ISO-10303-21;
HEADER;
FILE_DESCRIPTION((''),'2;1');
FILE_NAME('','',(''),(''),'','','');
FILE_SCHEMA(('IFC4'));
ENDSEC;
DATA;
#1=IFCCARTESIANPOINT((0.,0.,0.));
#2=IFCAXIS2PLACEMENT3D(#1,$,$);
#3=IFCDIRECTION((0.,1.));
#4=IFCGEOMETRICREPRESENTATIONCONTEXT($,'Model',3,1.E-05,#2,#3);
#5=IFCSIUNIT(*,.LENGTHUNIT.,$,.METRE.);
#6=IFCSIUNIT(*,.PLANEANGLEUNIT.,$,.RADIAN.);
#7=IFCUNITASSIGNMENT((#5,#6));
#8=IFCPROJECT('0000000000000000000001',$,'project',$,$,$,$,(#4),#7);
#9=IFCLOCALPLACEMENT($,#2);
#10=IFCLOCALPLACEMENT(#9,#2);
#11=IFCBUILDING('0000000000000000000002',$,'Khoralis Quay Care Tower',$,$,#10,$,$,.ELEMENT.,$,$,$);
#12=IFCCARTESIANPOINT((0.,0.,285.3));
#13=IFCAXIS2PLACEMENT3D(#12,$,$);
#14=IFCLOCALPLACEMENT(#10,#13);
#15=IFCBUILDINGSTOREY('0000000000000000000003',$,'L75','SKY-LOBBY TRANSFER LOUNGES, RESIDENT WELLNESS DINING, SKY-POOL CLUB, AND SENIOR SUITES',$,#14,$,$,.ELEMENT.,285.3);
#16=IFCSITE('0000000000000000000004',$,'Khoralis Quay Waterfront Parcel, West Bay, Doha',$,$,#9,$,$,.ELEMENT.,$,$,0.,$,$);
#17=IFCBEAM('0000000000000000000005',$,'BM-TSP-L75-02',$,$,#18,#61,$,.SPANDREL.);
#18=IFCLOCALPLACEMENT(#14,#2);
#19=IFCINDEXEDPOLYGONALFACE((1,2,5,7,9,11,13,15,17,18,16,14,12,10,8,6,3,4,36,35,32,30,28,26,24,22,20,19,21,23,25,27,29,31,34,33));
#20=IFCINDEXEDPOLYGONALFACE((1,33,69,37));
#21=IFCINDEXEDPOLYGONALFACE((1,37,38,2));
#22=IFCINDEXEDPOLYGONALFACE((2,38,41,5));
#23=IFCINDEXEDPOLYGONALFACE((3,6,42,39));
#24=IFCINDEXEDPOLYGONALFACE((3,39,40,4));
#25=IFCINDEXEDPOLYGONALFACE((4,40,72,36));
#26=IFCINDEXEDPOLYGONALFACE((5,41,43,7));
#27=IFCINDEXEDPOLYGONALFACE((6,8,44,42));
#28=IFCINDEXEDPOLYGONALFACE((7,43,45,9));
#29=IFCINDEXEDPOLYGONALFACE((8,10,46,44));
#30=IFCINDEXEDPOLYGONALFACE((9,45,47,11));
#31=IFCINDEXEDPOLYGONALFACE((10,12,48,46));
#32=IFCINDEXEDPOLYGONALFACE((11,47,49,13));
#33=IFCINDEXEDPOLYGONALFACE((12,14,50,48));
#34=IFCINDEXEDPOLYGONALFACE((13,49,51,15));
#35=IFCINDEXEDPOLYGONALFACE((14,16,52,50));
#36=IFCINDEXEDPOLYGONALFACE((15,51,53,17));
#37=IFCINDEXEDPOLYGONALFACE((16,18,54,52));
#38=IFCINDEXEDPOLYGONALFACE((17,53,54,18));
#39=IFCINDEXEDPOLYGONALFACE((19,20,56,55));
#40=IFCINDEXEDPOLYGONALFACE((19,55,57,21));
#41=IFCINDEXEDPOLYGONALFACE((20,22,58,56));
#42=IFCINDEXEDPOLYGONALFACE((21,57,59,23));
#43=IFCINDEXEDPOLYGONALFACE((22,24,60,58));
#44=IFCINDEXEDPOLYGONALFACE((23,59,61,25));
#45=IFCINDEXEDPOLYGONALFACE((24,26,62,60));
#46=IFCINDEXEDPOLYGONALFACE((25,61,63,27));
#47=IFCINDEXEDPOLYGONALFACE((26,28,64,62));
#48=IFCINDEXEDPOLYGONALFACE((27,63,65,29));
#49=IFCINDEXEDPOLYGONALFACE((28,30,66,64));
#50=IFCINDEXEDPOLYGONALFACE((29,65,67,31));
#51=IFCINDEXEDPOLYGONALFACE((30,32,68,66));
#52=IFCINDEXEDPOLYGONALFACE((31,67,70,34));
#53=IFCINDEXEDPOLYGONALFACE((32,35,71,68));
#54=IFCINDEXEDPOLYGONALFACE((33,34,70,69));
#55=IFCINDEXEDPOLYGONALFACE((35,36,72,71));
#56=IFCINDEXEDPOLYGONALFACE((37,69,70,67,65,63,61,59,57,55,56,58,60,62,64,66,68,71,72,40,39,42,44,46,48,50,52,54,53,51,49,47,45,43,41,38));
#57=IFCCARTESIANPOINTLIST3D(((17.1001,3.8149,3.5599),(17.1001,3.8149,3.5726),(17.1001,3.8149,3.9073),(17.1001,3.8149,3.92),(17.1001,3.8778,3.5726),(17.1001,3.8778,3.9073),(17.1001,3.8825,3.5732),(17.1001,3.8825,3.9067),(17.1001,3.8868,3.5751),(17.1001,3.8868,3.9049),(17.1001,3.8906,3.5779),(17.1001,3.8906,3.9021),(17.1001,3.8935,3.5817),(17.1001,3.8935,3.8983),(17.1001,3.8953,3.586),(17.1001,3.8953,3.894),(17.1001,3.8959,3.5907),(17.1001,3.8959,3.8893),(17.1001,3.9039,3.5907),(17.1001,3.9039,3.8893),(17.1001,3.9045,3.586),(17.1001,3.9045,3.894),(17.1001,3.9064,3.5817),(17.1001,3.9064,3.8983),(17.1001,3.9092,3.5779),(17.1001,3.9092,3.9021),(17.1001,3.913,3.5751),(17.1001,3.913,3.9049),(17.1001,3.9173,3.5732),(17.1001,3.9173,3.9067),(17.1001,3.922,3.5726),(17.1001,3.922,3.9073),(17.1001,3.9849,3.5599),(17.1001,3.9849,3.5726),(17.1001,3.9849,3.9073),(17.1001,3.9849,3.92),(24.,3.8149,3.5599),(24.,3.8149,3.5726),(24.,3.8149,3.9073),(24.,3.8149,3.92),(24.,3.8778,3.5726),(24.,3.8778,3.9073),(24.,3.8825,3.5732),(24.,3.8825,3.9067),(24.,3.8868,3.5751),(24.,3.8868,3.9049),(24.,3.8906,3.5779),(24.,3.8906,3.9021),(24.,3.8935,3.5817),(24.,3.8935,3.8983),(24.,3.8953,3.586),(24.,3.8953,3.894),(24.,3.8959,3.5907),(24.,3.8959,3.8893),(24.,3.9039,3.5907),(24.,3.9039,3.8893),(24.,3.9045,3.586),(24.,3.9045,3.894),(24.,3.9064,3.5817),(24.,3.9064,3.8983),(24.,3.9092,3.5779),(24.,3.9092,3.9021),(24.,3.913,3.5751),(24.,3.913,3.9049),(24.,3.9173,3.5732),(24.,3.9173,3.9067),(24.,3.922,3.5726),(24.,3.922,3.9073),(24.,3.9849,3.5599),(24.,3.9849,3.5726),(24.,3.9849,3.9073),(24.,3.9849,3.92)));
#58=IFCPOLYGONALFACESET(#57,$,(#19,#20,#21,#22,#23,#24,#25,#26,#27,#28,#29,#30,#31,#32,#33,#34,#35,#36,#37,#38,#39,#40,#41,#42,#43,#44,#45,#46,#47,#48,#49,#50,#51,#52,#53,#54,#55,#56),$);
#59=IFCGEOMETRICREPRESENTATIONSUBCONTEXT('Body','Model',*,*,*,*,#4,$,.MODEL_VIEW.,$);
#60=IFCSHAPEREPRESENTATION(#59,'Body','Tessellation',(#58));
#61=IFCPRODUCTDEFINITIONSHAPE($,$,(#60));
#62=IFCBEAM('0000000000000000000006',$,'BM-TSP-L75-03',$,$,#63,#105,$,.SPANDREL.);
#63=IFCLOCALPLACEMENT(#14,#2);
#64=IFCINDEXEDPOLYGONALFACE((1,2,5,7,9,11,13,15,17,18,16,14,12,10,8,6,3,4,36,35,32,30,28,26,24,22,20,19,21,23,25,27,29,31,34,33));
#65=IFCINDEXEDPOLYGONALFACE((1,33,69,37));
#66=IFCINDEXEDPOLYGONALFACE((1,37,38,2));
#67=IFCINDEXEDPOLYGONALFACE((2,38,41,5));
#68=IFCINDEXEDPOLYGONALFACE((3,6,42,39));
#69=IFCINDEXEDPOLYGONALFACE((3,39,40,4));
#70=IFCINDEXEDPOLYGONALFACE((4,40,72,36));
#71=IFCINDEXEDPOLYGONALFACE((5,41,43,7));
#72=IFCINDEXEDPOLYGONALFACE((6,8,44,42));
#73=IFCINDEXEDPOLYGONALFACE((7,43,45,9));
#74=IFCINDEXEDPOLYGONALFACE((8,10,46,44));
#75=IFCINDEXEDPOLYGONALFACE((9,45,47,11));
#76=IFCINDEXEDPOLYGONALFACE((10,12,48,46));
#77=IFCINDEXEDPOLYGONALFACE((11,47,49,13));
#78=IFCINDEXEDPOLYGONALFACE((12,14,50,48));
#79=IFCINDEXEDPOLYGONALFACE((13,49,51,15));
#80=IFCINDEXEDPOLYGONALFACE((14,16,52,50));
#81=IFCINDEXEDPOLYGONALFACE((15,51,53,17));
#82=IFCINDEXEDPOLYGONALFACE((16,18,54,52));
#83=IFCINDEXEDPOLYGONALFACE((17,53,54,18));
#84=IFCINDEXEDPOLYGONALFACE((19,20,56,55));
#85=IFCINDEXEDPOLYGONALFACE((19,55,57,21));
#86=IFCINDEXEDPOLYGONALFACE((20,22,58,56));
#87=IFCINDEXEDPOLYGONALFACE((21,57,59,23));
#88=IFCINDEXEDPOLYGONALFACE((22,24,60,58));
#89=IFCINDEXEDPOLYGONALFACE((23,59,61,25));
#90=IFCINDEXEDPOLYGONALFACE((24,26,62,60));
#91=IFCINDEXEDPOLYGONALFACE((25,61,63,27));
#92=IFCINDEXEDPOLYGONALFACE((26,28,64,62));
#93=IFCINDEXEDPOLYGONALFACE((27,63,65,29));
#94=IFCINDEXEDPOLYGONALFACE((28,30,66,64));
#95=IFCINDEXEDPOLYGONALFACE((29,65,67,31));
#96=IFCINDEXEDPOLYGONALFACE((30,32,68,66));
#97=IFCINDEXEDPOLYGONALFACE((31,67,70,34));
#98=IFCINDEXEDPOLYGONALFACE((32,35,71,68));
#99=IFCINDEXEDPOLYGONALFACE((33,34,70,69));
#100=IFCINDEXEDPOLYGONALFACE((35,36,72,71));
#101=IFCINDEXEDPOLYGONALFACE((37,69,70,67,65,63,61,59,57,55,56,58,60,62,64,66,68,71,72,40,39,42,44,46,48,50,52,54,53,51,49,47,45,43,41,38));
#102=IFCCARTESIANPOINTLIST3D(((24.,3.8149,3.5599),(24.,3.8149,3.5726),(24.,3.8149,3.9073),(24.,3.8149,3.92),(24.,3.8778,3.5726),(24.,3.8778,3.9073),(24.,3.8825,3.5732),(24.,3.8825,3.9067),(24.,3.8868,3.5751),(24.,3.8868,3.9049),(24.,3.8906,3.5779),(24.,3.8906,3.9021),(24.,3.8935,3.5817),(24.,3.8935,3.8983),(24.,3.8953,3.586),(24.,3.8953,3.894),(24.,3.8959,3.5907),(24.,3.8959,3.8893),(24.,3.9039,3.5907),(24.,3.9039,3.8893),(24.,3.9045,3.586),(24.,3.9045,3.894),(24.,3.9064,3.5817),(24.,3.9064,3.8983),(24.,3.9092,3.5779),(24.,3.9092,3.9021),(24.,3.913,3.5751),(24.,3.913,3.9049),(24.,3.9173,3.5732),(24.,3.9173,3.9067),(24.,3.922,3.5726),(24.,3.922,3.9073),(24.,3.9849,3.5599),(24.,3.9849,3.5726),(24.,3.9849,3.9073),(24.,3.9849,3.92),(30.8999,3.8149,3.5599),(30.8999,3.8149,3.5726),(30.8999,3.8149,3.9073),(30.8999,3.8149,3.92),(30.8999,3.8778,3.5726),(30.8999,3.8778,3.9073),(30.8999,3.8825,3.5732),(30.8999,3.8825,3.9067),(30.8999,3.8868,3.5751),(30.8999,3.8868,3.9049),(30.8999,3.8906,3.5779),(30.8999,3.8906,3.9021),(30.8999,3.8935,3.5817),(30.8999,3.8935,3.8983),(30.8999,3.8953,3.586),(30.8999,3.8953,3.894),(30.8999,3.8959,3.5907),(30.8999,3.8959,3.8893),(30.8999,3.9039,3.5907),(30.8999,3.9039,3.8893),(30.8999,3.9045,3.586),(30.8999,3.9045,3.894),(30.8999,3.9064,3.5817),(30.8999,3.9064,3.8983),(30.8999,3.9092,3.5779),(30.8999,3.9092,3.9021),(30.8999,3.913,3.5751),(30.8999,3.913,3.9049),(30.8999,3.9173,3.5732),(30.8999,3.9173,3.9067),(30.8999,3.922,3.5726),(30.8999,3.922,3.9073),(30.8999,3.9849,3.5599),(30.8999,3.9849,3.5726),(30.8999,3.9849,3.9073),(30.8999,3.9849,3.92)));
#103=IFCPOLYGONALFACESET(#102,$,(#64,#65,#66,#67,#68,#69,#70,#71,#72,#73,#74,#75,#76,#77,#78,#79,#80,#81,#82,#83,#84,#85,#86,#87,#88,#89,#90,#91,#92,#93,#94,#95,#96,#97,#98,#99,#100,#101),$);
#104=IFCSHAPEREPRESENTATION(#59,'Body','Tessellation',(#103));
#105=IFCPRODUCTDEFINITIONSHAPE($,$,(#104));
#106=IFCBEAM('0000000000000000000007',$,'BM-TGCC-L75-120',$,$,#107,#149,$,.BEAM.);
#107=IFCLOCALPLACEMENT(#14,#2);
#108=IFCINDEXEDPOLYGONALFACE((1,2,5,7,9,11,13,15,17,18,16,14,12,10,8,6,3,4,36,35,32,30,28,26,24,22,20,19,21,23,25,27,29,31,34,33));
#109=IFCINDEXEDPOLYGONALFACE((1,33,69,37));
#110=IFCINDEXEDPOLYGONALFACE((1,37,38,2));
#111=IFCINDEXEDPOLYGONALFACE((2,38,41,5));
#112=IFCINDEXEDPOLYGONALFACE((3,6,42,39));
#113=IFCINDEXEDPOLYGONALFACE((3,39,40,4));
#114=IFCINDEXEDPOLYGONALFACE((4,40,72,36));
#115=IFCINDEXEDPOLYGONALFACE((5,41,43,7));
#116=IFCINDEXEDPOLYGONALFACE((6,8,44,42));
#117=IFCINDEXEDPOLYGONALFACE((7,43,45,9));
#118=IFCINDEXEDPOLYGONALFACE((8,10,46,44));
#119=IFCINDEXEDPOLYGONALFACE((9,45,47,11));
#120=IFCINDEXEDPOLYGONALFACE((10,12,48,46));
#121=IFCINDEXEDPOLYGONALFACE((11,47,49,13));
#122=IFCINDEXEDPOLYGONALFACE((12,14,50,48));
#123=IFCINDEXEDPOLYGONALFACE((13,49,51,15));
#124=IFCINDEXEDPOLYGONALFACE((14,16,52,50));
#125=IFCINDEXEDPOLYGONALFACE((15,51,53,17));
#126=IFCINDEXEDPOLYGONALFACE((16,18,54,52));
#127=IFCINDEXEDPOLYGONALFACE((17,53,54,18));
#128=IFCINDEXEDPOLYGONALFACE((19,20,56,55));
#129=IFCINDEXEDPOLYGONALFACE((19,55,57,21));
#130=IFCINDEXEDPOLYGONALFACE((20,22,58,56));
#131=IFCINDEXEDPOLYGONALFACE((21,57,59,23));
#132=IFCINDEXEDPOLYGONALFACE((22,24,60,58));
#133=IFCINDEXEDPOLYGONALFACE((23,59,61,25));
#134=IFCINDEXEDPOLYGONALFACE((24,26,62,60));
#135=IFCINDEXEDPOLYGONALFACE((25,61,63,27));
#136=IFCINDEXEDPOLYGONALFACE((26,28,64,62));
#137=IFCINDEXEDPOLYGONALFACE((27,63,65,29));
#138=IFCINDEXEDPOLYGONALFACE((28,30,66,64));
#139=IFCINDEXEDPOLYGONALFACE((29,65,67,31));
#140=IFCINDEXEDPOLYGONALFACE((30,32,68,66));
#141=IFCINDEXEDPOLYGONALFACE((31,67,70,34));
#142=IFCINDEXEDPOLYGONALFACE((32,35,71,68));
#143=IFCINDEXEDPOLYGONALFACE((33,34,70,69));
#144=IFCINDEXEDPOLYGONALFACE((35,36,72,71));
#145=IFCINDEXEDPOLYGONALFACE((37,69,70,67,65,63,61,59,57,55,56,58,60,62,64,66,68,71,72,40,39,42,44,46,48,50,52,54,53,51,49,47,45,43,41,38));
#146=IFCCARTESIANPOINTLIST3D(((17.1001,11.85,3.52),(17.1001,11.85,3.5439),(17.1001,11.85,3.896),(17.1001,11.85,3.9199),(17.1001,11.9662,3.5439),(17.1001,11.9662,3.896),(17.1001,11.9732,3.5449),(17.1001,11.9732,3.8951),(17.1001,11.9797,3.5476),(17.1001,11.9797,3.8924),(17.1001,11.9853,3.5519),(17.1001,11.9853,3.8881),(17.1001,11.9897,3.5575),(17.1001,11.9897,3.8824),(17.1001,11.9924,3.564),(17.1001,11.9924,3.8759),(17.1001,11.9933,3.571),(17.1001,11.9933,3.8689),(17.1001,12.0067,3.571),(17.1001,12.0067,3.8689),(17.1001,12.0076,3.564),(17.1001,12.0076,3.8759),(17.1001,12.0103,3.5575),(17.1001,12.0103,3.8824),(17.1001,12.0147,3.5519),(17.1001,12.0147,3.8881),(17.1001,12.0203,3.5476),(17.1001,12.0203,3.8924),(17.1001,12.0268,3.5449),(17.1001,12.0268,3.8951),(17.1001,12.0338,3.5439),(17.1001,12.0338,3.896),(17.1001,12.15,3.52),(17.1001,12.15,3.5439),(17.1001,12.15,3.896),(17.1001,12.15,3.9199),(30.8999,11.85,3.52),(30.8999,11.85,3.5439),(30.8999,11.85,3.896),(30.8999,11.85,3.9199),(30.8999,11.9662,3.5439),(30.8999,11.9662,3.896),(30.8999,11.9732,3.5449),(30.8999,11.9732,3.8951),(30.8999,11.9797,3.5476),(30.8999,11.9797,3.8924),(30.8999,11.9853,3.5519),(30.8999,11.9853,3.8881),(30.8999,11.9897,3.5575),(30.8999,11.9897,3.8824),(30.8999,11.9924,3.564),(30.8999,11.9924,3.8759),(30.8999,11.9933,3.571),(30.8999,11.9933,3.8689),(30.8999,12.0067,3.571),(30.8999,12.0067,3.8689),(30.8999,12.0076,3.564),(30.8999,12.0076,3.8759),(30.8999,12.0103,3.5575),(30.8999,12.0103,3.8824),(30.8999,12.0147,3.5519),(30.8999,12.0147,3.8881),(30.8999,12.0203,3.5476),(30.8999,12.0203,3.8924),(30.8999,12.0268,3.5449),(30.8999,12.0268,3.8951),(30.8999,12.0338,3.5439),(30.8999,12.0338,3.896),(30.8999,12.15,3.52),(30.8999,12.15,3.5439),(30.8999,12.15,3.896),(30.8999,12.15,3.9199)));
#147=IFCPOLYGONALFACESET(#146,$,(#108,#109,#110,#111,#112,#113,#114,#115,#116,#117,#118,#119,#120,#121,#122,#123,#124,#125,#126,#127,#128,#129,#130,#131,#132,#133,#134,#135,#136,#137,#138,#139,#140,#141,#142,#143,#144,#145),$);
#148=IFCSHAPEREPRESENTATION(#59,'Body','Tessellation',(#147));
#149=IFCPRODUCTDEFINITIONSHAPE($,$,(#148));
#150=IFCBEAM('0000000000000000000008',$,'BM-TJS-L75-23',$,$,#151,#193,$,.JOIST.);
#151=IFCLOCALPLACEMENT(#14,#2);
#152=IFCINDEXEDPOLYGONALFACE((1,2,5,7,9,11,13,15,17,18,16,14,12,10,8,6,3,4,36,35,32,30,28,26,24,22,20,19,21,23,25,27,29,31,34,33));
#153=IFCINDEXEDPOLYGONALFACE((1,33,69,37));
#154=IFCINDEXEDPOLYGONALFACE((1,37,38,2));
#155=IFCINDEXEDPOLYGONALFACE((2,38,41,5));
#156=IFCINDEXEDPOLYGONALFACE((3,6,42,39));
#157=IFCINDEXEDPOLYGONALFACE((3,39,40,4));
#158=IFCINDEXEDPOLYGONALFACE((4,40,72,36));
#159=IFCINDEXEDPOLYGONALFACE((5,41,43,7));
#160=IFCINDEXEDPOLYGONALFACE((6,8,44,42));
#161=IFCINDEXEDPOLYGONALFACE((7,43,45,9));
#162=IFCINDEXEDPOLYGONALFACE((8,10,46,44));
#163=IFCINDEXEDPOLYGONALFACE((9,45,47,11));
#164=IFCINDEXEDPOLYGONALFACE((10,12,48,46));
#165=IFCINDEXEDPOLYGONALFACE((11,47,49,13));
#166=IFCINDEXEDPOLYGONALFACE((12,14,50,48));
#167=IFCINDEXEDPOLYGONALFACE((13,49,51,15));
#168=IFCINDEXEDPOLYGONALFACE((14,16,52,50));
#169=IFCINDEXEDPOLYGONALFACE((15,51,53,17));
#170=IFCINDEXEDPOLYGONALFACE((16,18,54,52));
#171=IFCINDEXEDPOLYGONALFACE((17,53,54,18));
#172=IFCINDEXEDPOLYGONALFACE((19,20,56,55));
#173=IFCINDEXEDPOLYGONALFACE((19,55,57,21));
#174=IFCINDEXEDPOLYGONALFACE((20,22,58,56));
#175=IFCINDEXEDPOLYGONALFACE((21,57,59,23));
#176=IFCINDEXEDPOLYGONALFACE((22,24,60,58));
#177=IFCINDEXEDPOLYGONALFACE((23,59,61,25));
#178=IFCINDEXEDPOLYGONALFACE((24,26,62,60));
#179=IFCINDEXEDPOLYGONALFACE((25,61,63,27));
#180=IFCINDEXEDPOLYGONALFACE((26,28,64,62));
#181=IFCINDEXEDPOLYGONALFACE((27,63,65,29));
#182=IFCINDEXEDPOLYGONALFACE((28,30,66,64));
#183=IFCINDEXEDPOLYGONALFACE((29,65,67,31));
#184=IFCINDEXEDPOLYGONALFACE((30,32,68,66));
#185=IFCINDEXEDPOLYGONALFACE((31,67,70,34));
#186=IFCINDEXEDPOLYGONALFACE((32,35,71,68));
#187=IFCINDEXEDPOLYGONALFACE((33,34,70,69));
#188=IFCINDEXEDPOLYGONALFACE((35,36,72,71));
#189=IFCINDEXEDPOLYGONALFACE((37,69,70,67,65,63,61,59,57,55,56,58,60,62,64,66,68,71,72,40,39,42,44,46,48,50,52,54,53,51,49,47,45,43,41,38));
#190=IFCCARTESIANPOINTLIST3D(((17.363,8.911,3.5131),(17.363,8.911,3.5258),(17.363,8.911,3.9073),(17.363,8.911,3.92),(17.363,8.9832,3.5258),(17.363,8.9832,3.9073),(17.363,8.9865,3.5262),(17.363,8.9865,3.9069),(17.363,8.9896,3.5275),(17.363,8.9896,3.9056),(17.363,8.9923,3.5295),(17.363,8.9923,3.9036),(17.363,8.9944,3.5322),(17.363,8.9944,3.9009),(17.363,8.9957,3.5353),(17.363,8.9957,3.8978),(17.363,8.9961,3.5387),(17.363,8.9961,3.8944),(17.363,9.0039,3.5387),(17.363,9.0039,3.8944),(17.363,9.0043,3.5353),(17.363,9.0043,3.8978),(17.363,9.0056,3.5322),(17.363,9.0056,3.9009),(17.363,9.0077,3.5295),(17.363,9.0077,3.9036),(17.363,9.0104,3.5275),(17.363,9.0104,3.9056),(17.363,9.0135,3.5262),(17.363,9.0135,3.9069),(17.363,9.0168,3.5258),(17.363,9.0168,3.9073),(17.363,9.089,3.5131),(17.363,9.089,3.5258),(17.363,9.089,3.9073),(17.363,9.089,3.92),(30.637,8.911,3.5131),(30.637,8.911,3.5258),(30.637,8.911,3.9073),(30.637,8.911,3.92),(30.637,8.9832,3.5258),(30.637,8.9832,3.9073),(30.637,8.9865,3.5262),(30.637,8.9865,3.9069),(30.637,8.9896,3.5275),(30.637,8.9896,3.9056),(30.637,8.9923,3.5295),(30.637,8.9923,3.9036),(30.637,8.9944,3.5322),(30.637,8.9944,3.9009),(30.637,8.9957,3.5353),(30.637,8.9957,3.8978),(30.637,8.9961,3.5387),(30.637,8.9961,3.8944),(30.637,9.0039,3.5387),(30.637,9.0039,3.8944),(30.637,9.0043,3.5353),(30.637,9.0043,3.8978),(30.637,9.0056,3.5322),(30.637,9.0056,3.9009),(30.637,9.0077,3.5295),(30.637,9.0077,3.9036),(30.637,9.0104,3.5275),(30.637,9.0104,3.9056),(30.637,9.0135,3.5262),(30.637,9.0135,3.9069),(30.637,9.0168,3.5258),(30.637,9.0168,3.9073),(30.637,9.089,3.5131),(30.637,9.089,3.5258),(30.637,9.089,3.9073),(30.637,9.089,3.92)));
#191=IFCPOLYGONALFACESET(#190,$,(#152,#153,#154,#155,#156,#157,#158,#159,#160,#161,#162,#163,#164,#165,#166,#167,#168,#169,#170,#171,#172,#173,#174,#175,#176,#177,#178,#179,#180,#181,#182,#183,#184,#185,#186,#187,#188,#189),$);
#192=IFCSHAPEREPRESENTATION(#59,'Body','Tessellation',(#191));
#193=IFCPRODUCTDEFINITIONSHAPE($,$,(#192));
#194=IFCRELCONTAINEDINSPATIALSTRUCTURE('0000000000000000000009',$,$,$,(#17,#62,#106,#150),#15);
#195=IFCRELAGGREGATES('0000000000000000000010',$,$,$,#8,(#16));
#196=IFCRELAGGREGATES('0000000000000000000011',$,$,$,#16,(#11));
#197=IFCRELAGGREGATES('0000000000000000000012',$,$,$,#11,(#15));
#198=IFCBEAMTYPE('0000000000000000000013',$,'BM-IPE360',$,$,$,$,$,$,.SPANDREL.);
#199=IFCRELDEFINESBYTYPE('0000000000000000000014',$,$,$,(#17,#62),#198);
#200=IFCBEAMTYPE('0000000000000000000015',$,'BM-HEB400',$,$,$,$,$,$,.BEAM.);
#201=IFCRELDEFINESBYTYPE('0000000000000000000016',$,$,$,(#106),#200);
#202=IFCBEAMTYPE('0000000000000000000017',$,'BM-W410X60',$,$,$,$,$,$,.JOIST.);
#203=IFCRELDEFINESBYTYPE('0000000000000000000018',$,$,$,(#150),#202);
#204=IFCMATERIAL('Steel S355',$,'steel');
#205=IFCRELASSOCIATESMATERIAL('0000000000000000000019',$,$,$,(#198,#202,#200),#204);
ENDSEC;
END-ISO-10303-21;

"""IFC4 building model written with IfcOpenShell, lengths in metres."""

from ifc_helpers import new_model, si_unit, direction, frame, origin, origin_2d, place, context, subcontext, project, spatial, i_section, extrude, source, transform, mapped, material, material_profile, profile_set, type_object, element, save


model = new_model("IFC4")

# Units and contexts
model_context = context("Model", 3, precision=1e-05, world=origin(), true_north=direction((0.0, 1.0)))
body_context = subcontext(model_context, "Body", "Model", "MODEL_VIEW")
ifc_project = project(units=[si_unit("LENGTHUNIT", "METRE"), si_unit("PLANEANGLEUNIT", "RADIAN")], contexts=[model_context])

# Site, building, storey
site_placement = place(None, origin())
site = spatial("IfcSite", under=ifc_project, at=site_placement, Name="Khoralis Quay Waterfront Parcel, West Bay, Doha", CompositionType="ELEMENT", RefElevation=0.0)
building_placement = place(site_placement, origin())
building = spatial("IfcBuilding", under=site, at=building_placement, Name="Khoralis Quay Care Tower", CompositionType="ELEMENT")
storey_placement = place(building_placement, frame((0.0, 0.0, 285.3)))
storey = spatial("IfcBuildingStorey", under=building, at=storey_placement, Name="L75", Description="SKY-LOBBY TRANSFER LOUNGES, RESIDENT WELLNESS DINING, SKY-POOL CLUB, AND SENIOR SUITES", CompositionType="ELEMENT", Elevation=285.3)

# Beams
ifc_material_1 = material(Name="Steel S355", Category="steel")
ifc_material_profile_1 = material_profile(ifc_material_1, i_section(OverallWidth=0.1699, OverallDepth=0.3601, WebThickness=0.0081, FlangeThickness=0.0127, FilletRadius=0.0181, at=origin_2d()), Name="Steel S355")
ifc_profile_set_1 = profile_set([ifc_material_profile_1], Name="Steel S355")
beam_type_1 = type_object("IfcBeamType", Name="BM-IPE360", PredefinedType="SPANDREL", material=ifc_profile_set_1)
ifc_material_profile_2 = material_profile(ifc_material_1, i_section(OverallWidth=0.178, OverallDepth=0.407, WebThickness=0.0078, FlangeThickness=0.0127, FilletRadius=0.0129, at=origin_2d()), Name="Steel S355")
ifc_profile_set_2 = profile_set([ifc_material_profile_2], Name="Steel S355")
beam_type_2 = type_object("IfcBeamType", Name="BM-W410X60", PredefinedType="JOIST", material=ifc_profile_set_2)
shared_shape_1 = source(origin(), body_context, "Body", "SweptSolid", [
    extrude(i_section(OverallWidth=0.1699, OverallDepth=0.3601, WebThickness=0.0081, FlangeThickness=0.0127, FilletRadius=0.0181, at=origin_2d()), origin(), (0.0, 0.0, 1.0), 6.8999),
])
for number, where, z_axis, x_axis, name in (
    (1, (17.1001, 3.8999, 3.74), (1.0, 0.0, 0.0), (0.0, 1.0, 0.0), "BM-TSP-L75-02"),
    (2, (24.0, 3.8999, 3.74), (1.0, 0.0, 0.0), (0.0, 1.0, 0.0), "BM-TSP-L75-03"),
):
    element("IfcBeam", number, at=place(storey_placement, frame(where, z_axis=z_axis, x_axis=x_axis)), inside=storey, type_object=beam_type_1, Name=name, PredefinedType="SPANDREL", context=body_context, shape_type="MappedRepresentation", body=[
        mapped(shared_shape_1, transform((0.0, 0.0, 0.0), scale=1.0)),
    ])
ifc_material_profile_3 = material_profile(ifc_material_1, i_section(OverallWidth=0.3, OverallDepth=0.3999, WebThickness=0.0134, FlangeThickness=0.0239, FilletRadius=0.0271, at=origin_2d()), Name="Steel S355")
ifc_profile_set_3 = profile_set([ifc_material_profile_3], Name="Steel S355")
beam_type_3 = type_object("IfcBeamType", Name="BM-HEB400", PredefinedType="BEAM", material=ifc_profile_set_3)
shared_shape_2 = source(origin(), body_context, "Body", "SweptSolid", [
    extrude(i_section(OverallWidth=0.3, OverallDepth=0.3999, WebThickness=0.0134, FlangeThickness=0.0239, FilletRadius=0.0271, at=origin_2d()), origin(), (0.0, 0.0, 1.0), 13.7998),
])
beam_1_placement = place(storey_placement, frame((17.1001, 12.0, 3.72), z_axis=(1.0, 0.0, 0.0), x_axis=(0.0, 1.0, 0.0)))
element("IfcBeam", 3, at=beam_1_placement, inside=storey, type_object=beam_type_3, Name="BM-TGCC-L75-120", PredefinedType="BEAM", context=body_context, shape_type="MappedRepresentation", body=[
    mapped(shared_shape_2, transform((0.0, 0.0, 0.0), scale=1.0)),
])
shared_shape_3 = source(origin(), body_context, "Body", "SweptSolid", [
    extrude(i_section(OverallWidth=0.178, OverallDepth=0.407, WebThickness=0.0078, FlangeThickness=0.0127, FilletRadius=0.0129, at=origin_2d()), origin(), (0.0, 0.0, 1.0), 13.2739),
])
beam_2_placement = place(storey_placement, frame((17.363, 9.0, 3.7166), z_axis=(1.0, 0.0, 0.0), x_axis=(0.0, 1.0, 0.0)))
element("IfcBeam", 4, at=beam_2_placement, inside=storey, type_object=beam_type_2, Name="BM-TJS-L75-23", PredefinedType="JOIST", context=body_context, shape_type="MappedRepresentation", body=[
    mapped(shared_shape_3, transform((0.0, 0.0, 0.0), scale=1.0)),
])

save(model, "model.ifc")
